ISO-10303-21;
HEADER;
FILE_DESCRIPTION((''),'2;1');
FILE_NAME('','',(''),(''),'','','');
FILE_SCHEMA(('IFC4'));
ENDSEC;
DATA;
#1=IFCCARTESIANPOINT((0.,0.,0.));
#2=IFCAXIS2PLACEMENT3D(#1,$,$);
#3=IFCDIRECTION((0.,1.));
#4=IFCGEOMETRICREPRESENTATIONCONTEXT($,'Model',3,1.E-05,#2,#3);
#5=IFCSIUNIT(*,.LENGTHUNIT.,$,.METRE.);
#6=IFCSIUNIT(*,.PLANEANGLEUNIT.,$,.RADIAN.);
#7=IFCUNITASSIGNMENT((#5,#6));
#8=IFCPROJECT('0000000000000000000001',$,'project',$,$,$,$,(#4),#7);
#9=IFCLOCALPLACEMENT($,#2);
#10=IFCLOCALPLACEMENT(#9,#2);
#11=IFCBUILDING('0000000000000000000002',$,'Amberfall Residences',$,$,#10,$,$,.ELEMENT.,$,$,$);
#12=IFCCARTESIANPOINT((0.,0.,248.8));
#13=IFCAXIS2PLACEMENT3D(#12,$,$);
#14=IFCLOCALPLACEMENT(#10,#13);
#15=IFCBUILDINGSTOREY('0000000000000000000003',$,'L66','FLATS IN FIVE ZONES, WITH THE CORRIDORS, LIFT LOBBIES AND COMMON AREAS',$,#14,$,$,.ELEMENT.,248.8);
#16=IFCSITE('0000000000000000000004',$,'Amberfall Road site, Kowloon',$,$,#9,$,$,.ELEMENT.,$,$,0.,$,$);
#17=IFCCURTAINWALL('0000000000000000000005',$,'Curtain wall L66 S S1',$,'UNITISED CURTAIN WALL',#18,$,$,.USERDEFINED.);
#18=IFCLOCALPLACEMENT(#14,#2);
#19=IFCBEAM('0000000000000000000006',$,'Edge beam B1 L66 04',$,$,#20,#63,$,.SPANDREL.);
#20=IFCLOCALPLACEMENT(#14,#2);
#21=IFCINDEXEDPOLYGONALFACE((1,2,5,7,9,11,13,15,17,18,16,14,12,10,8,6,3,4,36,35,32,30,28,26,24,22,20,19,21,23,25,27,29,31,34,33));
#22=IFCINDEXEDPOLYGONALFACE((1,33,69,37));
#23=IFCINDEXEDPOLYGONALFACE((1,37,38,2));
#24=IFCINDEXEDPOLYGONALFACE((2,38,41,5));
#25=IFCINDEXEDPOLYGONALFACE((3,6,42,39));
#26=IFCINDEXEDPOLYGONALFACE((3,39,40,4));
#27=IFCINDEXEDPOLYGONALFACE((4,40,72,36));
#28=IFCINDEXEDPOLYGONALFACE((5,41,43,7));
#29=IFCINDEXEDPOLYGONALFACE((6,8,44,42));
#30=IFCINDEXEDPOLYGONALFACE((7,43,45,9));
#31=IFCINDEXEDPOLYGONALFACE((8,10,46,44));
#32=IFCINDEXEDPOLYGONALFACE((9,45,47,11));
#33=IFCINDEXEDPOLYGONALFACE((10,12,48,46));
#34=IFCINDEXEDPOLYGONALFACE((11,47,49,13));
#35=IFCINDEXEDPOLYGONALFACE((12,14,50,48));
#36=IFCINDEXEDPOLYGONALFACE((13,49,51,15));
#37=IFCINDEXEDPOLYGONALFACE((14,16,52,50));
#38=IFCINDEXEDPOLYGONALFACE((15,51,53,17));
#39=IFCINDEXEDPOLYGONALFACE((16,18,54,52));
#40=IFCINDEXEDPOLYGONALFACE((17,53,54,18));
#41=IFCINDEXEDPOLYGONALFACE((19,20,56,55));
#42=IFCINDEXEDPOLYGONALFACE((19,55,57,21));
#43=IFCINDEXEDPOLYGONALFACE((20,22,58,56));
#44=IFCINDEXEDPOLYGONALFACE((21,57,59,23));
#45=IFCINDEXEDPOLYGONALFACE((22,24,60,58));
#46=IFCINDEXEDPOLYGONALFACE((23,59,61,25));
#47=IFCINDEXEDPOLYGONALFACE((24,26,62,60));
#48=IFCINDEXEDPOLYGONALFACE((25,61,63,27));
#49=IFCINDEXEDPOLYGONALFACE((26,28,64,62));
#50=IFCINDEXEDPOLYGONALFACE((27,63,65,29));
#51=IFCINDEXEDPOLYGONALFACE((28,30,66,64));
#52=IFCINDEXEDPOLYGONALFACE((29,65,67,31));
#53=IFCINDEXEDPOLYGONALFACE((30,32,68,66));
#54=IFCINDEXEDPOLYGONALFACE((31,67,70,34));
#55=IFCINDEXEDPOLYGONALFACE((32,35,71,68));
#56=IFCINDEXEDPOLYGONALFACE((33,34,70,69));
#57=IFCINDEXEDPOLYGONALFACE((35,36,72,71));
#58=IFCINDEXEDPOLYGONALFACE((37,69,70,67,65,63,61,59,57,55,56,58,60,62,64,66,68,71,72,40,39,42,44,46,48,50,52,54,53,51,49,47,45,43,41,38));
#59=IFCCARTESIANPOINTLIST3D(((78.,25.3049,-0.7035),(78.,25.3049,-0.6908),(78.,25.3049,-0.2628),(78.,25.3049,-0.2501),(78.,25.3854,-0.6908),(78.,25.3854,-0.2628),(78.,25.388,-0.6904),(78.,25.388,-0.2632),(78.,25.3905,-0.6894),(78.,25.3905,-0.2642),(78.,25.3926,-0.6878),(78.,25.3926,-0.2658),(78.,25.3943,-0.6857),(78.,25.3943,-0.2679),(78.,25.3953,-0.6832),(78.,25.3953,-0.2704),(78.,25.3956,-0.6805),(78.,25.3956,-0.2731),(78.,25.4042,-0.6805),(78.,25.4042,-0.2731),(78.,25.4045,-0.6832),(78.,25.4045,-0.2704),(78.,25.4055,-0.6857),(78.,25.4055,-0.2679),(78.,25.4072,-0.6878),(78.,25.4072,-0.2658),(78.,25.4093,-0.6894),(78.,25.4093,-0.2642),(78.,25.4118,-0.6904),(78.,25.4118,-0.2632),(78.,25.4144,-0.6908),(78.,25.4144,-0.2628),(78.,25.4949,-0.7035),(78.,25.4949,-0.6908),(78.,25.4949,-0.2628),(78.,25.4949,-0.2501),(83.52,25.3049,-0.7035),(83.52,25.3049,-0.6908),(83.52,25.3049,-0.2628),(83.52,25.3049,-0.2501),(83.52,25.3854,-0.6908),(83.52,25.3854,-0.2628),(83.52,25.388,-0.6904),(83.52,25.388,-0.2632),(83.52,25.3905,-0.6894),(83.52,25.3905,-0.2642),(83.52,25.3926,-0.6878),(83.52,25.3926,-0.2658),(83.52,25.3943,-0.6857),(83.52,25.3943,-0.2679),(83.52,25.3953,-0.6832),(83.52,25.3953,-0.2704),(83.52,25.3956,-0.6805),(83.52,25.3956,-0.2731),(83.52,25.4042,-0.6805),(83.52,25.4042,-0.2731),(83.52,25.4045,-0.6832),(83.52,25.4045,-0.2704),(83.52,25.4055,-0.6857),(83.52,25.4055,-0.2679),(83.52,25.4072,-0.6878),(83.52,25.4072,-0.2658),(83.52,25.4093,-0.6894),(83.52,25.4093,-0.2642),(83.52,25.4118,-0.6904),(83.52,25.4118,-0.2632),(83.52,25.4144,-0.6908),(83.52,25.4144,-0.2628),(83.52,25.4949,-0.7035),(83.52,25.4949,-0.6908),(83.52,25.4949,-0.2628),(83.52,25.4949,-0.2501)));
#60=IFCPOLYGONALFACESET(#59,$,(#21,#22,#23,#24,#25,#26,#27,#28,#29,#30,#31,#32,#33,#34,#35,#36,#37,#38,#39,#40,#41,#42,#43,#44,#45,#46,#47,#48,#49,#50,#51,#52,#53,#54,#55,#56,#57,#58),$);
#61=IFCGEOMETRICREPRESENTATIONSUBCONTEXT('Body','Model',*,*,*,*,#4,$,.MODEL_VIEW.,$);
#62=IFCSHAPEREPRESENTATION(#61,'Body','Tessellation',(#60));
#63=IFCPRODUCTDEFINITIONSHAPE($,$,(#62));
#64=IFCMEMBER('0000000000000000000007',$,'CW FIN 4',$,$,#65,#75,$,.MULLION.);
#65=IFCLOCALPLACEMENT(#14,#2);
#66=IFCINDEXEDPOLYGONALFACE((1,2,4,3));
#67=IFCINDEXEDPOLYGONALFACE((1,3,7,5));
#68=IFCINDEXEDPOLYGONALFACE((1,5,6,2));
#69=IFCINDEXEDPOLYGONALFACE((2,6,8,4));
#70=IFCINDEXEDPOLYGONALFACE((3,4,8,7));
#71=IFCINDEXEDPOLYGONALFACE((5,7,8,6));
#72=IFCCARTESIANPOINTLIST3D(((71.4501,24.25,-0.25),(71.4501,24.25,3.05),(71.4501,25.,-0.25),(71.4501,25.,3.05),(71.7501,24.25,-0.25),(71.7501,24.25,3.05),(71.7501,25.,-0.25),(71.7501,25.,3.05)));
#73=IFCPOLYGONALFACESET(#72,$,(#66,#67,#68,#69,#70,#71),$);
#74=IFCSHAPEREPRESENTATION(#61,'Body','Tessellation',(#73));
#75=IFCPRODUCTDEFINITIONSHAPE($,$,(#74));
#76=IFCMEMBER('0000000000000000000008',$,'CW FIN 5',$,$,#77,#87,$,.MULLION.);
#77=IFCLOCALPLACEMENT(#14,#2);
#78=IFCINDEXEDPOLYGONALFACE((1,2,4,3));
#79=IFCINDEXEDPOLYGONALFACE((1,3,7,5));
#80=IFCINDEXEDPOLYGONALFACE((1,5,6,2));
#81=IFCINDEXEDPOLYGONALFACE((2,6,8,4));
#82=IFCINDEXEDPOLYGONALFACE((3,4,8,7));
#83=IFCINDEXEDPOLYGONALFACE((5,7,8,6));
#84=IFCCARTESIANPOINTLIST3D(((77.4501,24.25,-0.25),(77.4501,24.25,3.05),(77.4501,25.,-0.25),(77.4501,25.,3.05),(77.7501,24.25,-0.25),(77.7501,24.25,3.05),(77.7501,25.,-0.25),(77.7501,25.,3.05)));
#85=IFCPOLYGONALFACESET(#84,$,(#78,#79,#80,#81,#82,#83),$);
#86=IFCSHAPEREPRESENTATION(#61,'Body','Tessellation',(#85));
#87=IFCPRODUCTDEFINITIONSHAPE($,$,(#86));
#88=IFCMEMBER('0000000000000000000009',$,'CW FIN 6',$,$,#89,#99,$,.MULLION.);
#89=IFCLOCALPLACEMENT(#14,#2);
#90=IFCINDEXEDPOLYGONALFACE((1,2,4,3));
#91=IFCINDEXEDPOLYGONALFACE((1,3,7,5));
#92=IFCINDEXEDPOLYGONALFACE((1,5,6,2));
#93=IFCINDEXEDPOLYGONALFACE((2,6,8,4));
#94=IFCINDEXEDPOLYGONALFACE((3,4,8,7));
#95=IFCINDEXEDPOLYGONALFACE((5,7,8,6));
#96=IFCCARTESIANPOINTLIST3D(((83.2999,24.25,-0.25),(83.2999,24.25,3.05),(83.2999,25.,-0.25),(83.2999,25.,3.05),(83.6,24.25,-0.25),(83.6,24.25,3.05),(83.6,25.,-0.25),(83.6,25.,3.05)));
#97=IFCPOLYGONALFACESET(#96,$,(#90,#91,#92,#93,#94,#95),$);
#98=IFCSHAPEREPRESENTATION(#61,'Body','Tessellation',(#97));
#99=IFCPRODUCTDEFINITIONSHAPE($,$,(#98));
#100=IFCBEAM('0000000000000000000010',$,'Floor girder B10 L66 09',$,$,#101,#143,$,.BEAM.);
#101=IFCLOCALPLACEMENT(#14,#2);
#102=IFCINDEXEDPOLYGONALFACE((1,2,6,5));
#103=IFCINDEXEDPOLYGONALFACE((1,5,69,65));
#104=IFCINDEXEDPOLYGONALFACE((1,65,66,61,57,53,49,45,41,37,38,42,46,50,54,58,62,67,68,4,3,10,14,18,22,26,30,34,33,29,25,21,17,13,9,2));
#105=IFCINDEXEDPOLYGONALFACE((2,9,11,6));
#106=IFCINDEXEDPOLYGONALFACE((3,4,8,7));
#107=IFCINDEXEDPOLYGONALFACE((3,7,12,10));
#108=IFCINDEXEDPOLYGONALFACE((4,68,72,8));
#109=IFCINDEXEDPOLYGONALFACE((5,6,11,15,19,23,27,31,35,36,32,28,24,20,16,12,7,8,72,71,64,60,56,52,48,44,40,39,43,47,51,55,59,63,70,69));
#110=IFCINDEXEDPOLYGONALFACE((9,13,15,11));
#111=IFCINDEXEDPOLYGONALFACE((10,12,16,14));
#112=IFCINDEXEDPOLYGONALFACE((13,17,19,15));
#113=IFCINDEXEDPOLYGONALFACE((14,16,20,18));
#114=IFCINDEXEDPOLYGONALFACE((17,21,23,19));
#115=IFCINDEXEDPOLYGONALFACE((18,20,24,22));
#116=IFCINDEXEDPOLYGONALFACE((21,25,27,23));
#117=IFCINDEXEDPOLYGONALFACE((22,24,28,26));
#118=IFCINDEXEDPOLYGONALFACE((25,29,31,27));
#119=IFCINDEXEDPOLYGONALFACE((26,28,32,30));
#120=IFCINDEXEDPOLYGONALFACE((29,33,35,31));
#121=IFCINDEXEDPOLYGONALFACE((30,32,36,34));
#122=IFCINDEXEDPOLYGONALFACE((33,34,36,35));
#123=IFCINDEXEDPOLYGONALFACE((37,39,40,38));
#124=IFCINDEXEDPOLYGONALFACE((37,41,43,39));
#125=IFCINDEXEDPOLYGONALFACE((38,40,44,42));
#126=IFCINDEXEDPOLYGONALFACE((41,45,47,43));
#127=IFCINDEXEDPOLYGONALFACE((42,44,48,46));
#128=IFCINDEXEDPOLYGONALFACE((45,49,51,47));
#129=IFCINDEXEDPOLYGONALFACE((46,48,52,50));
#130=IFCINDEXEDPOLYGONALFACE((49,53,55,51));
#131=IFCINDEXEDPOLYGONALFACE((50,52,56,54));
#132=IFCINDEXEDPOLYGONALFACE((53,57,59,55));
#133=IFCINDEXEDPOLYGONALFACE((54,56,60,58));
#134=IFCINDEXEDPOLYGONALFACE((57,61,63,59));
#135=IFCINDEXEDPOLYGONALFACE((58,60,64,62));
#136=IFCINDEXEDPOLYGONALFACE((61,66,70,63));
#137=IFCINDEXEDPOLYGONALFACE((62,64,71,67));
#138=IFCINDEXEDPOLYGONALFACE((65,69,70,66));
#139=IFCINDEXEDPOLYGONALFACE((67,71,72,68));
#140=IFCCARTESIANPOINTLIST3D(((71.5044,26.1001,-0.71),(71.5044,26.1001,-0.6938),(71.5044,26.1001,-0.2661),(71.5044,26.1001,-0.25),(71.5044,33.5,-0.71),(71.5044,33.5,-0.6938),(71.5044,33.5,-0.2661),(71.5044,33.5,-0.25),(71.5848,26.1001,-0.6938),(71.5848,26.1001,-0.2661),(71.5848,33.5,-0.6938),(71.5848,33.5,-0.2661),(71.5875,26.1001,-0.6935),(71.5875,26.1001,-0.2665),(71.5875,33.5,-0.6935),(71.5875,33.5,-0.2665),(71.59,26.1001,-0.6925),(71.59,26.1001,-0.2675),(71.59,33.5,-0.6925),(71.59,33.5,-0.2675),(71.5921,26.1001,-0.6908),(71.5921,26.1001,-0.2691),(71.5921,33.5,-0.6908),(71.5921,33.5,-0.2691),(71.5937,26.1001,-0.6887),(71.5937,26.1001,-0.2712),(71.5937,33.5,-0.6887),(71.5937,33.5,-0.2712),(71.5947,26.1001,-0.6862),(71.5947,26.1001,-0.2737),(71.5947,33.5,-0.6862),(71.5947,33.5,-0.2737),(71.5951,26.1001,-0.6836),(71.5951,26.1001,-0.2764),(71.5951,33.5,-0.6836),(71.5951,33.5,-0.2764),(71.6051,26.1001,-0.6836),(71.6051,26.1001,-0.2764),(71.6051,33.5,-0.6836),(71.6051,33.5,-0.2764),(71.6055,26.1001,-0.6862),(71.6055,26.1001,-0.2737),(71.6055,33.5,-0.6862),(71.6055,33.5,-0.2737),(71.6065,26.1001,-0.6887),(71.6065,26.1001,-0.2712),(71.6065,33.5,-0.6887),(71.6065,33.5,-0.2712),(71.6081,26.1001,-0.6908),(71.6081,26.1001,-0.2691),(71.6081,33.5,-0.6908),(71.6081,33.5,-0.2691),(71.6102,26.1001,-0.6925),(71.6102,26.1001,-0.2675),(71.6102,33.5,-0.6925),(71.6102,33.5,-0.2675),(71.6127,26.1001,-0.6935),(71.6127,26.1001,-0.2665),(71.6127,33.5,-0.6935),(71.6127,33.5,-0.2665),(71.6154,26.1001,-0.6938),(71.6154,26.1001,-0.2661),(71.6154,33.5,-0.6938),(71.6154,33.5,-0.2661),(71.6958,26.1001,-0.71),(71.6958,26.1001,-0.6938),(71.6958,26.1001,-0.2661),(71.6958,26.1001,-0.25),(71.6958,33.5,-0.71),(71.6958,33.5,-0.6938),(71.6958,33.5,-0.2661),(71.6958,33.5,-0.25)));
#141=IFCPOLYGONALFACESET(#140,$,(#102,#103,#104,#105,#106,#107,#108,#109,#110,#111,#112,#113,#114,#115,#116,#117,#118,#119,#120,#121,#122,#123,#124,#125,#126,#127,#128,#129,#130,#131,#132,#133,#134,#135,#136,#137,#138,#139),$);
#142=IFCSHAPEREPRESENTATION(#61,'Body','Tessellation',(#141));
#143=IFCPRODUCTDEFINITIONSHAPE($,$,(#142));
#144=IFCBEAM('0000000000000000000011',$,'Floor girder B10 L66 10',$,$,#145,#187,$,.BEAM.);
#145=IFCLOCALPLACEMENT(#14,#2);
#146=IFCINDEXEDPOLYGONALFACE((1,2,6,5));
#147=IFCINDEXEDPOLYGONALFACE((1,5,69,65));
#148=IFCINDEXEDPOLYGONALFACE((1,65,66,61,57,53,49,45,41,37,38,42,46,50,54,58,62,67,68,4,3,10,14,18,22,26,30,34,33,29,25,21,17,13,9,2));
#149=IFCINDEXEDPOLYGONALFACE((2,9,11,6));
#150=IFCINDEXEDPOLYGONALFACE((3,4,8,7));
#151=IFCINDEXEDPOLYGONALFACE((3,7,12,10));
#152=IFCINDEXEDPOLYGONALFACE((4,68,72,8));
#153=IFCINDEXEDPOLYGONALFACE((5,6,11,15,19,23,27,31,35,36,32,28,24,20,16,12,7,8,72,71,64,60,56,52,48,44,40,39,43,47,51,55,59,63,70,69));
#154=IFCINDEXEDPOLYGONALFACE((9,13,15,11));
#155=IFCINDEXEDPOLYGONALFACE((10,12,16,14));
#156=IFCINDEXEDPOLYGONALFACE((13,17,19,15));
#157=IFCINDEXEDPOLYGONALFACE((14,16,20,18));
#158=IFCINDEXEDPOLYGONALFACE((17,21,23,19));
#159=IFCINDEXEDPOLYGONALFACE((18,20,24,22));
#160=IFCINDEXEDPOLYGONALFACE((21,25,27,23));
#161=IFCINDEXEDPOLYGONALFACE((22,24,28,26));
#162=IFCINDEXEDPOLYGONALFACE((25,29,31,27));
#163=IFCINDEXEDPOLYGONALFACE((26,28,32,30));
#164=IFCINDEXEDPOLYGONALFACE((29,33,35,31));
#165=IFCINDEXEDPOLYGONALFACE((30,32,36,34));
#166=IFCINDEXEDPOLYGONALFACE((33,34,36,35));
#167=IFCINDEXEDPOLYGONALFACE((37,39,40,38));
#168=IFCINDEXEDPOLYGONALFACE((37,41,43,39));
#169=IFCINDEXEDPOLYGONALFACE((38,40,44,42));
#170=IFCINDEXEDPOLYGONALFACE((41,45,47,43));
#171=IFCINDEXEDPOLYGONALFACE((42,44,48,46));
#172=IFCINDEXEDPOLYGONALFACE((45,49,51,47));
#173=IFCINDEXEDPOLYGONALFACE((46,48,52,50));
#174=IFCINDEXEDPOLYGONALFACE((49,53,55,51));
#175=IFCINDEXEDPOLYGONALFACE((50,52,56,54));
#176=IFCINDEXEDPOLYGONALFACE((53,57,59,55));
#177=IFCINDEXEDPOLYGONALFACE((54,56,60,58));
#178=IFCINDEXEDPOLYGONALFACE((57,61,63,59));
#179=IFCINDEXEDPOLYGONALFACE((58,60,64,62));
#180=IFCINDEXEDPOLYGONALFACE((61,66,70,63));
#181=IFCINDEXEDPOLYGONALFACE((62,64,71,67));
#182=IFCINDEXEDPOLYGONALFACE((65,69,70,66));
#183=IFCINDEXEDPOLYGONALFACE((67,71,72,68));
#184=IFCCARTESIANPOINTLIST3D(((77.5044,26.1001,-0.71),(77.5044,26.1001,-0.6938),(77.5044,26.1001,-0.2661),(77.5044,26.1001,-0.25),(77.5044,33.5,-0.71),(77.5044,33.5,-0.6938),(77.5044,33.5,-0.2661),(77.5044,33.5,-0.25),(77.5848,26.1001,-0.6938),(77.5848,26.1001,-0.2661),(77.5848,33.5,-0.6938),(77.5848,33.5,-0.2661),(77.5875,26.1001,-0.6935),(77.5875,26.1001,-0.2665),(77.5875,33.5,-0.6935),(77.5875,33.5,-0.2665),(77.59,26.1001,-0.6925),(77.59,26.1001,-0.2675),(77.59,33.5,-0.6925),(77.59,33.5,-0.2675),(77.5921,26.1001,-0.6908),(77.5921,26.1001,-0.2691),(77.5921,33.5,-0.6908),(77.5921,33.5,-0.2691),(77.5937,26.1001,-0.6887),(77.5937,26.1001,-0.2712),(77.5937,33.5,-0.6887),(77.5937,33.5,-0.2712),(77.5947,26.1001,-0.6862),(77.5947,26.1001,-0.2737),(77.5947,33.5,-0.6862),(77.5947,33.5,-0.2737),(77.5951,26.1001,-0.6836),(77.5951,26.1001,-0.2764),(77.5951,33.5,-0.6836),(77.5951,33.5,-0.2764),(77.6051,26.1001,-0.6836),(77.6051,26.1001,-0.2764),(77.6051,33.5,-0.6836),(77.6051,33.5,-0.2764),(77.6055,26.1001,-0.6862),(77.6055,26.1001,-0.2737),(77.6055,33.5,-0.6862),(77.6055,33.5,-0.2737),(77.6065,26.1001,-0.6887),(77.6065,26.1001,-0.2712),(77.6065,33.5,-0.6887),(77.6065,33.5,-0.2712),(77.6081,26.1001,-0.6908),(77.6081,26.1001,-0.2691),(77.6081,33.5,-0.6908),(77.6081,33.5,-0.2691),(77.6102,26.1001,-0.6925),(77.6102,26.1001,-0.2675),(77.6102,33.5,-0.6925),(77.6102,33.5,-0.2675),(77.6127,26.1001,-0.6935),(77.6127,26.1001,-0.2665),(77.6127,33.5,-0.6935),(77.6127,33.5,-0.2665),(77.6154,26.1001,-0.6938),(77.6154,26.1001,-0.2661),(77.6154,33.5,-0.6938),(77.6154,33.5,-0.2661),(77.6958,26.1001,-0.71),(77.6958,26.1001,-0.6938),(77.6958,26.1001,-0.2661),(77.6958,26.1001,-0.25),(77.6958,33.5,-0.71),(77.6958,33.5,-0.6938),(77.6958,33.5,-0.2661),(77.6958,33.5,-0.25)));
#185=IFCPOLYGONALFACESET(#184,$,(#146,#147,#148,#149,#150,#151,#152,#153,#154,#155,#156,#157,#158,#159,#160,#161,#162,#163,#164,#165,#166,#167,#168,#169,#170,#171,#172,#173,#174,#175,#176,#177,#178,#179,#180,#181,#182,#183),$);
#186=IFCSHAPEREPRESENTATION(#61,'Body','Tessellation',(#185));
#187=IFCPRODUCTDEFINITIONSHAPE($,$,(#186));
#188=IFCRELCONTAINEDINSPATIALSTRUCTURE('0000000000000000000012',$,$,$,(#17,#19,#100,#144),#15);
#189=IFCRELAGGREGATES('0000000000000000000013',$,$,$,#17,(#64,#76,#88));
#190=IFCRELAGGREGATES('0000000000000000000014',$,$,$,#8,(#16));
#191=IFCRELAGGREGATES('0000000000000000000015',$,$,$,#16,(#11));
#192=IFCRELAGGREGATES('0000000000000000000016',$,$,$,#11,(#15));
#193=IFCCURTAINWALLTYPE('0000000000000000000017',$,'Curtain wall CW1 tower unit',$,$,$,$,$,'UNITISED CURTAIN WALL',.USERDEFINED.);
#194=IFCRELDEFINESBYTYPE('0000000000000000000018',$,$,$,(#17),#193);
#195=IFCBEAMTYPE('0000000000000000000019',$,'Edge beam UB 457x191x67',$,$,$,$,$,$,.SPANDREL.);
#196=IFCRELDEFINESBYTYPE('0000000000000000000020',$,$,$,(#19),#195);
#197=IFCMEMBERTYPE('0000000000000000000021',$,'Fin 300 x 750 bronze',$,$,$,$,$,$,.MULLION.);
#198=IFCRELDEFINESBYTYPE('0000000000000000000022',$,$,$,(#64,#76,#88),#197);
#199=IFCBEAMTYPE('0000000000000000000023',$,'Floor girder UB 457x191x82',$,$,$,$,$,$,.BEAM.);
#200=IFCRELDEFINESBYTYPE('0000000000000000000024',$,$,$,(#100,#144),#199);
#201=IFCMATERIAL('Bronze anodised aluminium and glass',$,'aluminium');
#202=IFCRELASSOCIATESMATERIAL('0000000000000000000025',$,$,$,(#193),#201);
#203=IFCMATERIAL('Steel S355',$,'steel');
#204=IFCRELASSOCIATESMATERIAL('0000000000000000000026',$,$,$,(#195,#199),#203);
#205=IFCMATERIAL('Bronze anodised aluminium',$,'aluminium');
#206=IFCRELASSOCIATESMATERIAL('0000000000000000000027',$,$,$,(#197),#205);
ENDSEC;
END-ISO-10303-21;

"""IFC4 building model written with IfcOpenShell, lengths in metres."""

from ifc_helpers import new_model, si_unit, direction, frame, origin, origin_2d, place, context, subcontext, project, spatial, rectangle, i_section, extrude, material, material_profile, profile_set, type_object, element, aggregate, save


model = new_model("IFC4")

# Units and contexts
model_context = context("Model", 3, precision=1e-05, world=origin(), true_north=direction((0.0, 1.0)))
body_context = subcontext(model_context, "Body", "Model", "MODEL_VIEW")
ifc_project = project(units=[si_unit("LENGTHUNIT", "METRE"), si_unit("PLANEANGLEUNIT", "RADIAN")], contexts=[model_context])

# Site, building, storey
site_placement = place(None, origin())
site = spatial("IfcSite", under=ifc_project, at=site_placement, Name="Amberfall Road site, Kowloon", CompositionType="ELEMENT", RefElevation=0.0)
building_placement = place(site_placement, origin())
building = spatial("IfcBuilding", under=site, at=building_placement, Name="Amberfall Residences", CompositionType="ELEMENT")
storey_placement = place(building_placement, frame((0.0, 0.0, 248.8)))
storey = spatial("IfcBuildingStorey", under=building, at=storey_placement, Name="L66", Description="FLATS IN FIVE ZONES, WITH THE CORRIDORS, LIFT LOBBIES AND COMMON AREAS", CompositionType="ELEMENT", Elevation=248.8)

# Curtain wall
ifc_material_1 = material(Name="Bronze anodised aluminium and glass", Category="aluminium")
curtain_wall_type = type_object("IfcCurtainWallType", Name="Curtain wall CW1 tower unit", ElementType="UNITISED CURTAIN WALL", PredefinedType="USERDEFINED", material=ifc_material_1)
curtain_wall_placement = place(storey_placement, origin())
curtain_wall = element("IfcCurtainWall", 1, at=curtain_wall_placement, inside=storey, type_object=curtain_wall_type, Name="Curtain wall L66 S S1", ObjectType="UNITISED CURTAIN WALL", PredefinedType="USERDEFINED")
ifc_material_2 = material(Name="Bronze anodised aluminium", Category="aluminium")

# Beam
ifc_material_3 = material(Name="Steel S355", Category="steel")
ifc_material_profile_1 = material_profile(ifc_material_3, i_section(OverallWidth=0.1899, OverallDepth=0.4534, WebThickness=0.0085, FlangeThickness=0.0127, FilletRadius=0.0103, at=origin_2d()), Name="UB 457x191x67")
ifc_profile_set_1 = profile_set([ifc_material_profile_1], Name="Steel S355")
beam_type_1 = type_object("IfcBeamType", Name="Edge beam UB 457x191x67", PredefinedType="SPANDREL", material=ifc_profile_set_1)
beam_1_placement = place(storey_placement, frame((78.0, 25.3999, -0.4768), z_axis=(1.0, 0.0, 0.0), x_axis=(0.0, 1.0, 0.0)))
element("IfcBeam", 2, at=beam_1_placement, inside=storey, type_object=beam_type_1, Name="Edge beam B1 L66 04", PredefinedType="SPANDREL", context=body_context, shape_type="SweptSolid", body=[
    extrude(i_section(OverallWidth=0.1899, OverallDepth=0.4534, WebThickness=0.0085, FlangeThickness=0.0127, FilletRadius=0.0103, at=origin_2d()), origin(), (0.0, 0.0, 1.0), 5.52),
])

# Members
ifc_material_profile_2 = material_profile(ifc_material_2, rectangle(XDim=0.75, YDim=0.3, at=origin_2d()), Name="Fin 300 x 750 bronze")
ifc_profile_set_2 = profile_set([ifc_material_profile_2], Name="Bronze anodised aluminium")
member_type_1 = type_object("IfcMemberType", Name="Fin 300 x 750 bronze", PredefinedType="MULLION", material=ifc_profile_set_2)
member_1_placement = place(storey_placement, frame((71.6001, 24.625, -0.25), z_axis=(0.0, 0.0, 1.0), x_axis=(0.0, 1.0, 0.0)))
member_1 = element("IfcMember", 3, at=member_1_placement, type_object=member_type_1, Name="CW FIN 4", PredefinedType="MULLION", context=body_context, shape_type="SweptSolid", body=[
    extrude(rectangle(XDim=0.75, YDim=0.3, at=origin_2d()), origin(), (0.0, 0.0, 1.0), 3.3),
])
member_2_placement = place(storey_placement, frame((77.6001, 24.625, -0.25), z_axis=(0.0, 0.0, 1.0), x_axis=(0.0, 1.0, 0.0)))
member_2 = element("IfcMember", 4, at=member_2_placement, type_object=member_type_1, Name="CW FIN 5", PredefinedType="MULLION", context=body_context, shape_type="SweptSolid", body=[
    extrude(rectangle(XDim=0.75, YDim=0.3, at=origin_2d()), origin(), (0.0, 0.0, 1.0), 3.3),
])
member_3_placement = place(storey_placement, frame((83.45, 24.625, -0.25), z_axis=(0.0, 0.0, 1.0), x_axis=(0.0, 1.0, 0.0)))
member_3 = element("IfcMember", 5, at=member_3_placement, type_object=member_type_1, Name="CW FIN 6", PredefinedType="MULLION", context=body_context, shape_type="SweptSolid", body=[
    extrude(rectangle(XDim=0.75, YDim=0.3, at=origin_2d()), origin(), (0.0, 0.0, 1.0), 3.3),
])

# Beams
ifc_material_profile_3 = material_profile(ifc_material_3, i_section(OverallWidth=0.1914, OverallDepth=0.46, WebThickness=0.01, FlangeThickness=0.0161, FilletRadius=0.0103, at=origin_2d()), Name="UB 457x191x82")
ifc_profile_set_3 = profile_set([ifc_material_profile_3], Name="Steel S355")
beam_type_2 = type_object("IfcBeamType", Name="Floor girder UB 457x191x82", PredefinedType="BEAM", material=ifc_profile_set_3)
for number, where, z_axis, x_axis, name in (
    (6, (71.6001, 26.1001, -0.48), (0.0, 1.0, 0.0), (-1.0, 0.0, 0.0), "Floor girder B10 L66 09"),
    (7, (77.6001, 26.1001, -0.48), (0.0, 1.0, 0.0), (-1.0, 0.0, 0.0), "Floor girder B10 L66 10"),
):
    element("IfcBeam", number, at=place(storey_placement, frame(where, z_axis=z_axis, x_axis=x_axis)), inside=storey, type_object=beam_type_2, Name=name, PredefinedType="BEAM", context=body_context, shape_type="SweptSolid", body=[
        extrude(i_section(OverallWidth=0.1914, OverallDepth=0.46, WebThickness=0.01, FlangeThickness=0.0161, FilletRadius=0.0103, at=origin_2d()), origin(), (0.0, 0.0, 1.0), 7.3999),
    ])

aggregate(curtain_wall, [member_1, member_2, member_3])

save(model, "model.ifc")
